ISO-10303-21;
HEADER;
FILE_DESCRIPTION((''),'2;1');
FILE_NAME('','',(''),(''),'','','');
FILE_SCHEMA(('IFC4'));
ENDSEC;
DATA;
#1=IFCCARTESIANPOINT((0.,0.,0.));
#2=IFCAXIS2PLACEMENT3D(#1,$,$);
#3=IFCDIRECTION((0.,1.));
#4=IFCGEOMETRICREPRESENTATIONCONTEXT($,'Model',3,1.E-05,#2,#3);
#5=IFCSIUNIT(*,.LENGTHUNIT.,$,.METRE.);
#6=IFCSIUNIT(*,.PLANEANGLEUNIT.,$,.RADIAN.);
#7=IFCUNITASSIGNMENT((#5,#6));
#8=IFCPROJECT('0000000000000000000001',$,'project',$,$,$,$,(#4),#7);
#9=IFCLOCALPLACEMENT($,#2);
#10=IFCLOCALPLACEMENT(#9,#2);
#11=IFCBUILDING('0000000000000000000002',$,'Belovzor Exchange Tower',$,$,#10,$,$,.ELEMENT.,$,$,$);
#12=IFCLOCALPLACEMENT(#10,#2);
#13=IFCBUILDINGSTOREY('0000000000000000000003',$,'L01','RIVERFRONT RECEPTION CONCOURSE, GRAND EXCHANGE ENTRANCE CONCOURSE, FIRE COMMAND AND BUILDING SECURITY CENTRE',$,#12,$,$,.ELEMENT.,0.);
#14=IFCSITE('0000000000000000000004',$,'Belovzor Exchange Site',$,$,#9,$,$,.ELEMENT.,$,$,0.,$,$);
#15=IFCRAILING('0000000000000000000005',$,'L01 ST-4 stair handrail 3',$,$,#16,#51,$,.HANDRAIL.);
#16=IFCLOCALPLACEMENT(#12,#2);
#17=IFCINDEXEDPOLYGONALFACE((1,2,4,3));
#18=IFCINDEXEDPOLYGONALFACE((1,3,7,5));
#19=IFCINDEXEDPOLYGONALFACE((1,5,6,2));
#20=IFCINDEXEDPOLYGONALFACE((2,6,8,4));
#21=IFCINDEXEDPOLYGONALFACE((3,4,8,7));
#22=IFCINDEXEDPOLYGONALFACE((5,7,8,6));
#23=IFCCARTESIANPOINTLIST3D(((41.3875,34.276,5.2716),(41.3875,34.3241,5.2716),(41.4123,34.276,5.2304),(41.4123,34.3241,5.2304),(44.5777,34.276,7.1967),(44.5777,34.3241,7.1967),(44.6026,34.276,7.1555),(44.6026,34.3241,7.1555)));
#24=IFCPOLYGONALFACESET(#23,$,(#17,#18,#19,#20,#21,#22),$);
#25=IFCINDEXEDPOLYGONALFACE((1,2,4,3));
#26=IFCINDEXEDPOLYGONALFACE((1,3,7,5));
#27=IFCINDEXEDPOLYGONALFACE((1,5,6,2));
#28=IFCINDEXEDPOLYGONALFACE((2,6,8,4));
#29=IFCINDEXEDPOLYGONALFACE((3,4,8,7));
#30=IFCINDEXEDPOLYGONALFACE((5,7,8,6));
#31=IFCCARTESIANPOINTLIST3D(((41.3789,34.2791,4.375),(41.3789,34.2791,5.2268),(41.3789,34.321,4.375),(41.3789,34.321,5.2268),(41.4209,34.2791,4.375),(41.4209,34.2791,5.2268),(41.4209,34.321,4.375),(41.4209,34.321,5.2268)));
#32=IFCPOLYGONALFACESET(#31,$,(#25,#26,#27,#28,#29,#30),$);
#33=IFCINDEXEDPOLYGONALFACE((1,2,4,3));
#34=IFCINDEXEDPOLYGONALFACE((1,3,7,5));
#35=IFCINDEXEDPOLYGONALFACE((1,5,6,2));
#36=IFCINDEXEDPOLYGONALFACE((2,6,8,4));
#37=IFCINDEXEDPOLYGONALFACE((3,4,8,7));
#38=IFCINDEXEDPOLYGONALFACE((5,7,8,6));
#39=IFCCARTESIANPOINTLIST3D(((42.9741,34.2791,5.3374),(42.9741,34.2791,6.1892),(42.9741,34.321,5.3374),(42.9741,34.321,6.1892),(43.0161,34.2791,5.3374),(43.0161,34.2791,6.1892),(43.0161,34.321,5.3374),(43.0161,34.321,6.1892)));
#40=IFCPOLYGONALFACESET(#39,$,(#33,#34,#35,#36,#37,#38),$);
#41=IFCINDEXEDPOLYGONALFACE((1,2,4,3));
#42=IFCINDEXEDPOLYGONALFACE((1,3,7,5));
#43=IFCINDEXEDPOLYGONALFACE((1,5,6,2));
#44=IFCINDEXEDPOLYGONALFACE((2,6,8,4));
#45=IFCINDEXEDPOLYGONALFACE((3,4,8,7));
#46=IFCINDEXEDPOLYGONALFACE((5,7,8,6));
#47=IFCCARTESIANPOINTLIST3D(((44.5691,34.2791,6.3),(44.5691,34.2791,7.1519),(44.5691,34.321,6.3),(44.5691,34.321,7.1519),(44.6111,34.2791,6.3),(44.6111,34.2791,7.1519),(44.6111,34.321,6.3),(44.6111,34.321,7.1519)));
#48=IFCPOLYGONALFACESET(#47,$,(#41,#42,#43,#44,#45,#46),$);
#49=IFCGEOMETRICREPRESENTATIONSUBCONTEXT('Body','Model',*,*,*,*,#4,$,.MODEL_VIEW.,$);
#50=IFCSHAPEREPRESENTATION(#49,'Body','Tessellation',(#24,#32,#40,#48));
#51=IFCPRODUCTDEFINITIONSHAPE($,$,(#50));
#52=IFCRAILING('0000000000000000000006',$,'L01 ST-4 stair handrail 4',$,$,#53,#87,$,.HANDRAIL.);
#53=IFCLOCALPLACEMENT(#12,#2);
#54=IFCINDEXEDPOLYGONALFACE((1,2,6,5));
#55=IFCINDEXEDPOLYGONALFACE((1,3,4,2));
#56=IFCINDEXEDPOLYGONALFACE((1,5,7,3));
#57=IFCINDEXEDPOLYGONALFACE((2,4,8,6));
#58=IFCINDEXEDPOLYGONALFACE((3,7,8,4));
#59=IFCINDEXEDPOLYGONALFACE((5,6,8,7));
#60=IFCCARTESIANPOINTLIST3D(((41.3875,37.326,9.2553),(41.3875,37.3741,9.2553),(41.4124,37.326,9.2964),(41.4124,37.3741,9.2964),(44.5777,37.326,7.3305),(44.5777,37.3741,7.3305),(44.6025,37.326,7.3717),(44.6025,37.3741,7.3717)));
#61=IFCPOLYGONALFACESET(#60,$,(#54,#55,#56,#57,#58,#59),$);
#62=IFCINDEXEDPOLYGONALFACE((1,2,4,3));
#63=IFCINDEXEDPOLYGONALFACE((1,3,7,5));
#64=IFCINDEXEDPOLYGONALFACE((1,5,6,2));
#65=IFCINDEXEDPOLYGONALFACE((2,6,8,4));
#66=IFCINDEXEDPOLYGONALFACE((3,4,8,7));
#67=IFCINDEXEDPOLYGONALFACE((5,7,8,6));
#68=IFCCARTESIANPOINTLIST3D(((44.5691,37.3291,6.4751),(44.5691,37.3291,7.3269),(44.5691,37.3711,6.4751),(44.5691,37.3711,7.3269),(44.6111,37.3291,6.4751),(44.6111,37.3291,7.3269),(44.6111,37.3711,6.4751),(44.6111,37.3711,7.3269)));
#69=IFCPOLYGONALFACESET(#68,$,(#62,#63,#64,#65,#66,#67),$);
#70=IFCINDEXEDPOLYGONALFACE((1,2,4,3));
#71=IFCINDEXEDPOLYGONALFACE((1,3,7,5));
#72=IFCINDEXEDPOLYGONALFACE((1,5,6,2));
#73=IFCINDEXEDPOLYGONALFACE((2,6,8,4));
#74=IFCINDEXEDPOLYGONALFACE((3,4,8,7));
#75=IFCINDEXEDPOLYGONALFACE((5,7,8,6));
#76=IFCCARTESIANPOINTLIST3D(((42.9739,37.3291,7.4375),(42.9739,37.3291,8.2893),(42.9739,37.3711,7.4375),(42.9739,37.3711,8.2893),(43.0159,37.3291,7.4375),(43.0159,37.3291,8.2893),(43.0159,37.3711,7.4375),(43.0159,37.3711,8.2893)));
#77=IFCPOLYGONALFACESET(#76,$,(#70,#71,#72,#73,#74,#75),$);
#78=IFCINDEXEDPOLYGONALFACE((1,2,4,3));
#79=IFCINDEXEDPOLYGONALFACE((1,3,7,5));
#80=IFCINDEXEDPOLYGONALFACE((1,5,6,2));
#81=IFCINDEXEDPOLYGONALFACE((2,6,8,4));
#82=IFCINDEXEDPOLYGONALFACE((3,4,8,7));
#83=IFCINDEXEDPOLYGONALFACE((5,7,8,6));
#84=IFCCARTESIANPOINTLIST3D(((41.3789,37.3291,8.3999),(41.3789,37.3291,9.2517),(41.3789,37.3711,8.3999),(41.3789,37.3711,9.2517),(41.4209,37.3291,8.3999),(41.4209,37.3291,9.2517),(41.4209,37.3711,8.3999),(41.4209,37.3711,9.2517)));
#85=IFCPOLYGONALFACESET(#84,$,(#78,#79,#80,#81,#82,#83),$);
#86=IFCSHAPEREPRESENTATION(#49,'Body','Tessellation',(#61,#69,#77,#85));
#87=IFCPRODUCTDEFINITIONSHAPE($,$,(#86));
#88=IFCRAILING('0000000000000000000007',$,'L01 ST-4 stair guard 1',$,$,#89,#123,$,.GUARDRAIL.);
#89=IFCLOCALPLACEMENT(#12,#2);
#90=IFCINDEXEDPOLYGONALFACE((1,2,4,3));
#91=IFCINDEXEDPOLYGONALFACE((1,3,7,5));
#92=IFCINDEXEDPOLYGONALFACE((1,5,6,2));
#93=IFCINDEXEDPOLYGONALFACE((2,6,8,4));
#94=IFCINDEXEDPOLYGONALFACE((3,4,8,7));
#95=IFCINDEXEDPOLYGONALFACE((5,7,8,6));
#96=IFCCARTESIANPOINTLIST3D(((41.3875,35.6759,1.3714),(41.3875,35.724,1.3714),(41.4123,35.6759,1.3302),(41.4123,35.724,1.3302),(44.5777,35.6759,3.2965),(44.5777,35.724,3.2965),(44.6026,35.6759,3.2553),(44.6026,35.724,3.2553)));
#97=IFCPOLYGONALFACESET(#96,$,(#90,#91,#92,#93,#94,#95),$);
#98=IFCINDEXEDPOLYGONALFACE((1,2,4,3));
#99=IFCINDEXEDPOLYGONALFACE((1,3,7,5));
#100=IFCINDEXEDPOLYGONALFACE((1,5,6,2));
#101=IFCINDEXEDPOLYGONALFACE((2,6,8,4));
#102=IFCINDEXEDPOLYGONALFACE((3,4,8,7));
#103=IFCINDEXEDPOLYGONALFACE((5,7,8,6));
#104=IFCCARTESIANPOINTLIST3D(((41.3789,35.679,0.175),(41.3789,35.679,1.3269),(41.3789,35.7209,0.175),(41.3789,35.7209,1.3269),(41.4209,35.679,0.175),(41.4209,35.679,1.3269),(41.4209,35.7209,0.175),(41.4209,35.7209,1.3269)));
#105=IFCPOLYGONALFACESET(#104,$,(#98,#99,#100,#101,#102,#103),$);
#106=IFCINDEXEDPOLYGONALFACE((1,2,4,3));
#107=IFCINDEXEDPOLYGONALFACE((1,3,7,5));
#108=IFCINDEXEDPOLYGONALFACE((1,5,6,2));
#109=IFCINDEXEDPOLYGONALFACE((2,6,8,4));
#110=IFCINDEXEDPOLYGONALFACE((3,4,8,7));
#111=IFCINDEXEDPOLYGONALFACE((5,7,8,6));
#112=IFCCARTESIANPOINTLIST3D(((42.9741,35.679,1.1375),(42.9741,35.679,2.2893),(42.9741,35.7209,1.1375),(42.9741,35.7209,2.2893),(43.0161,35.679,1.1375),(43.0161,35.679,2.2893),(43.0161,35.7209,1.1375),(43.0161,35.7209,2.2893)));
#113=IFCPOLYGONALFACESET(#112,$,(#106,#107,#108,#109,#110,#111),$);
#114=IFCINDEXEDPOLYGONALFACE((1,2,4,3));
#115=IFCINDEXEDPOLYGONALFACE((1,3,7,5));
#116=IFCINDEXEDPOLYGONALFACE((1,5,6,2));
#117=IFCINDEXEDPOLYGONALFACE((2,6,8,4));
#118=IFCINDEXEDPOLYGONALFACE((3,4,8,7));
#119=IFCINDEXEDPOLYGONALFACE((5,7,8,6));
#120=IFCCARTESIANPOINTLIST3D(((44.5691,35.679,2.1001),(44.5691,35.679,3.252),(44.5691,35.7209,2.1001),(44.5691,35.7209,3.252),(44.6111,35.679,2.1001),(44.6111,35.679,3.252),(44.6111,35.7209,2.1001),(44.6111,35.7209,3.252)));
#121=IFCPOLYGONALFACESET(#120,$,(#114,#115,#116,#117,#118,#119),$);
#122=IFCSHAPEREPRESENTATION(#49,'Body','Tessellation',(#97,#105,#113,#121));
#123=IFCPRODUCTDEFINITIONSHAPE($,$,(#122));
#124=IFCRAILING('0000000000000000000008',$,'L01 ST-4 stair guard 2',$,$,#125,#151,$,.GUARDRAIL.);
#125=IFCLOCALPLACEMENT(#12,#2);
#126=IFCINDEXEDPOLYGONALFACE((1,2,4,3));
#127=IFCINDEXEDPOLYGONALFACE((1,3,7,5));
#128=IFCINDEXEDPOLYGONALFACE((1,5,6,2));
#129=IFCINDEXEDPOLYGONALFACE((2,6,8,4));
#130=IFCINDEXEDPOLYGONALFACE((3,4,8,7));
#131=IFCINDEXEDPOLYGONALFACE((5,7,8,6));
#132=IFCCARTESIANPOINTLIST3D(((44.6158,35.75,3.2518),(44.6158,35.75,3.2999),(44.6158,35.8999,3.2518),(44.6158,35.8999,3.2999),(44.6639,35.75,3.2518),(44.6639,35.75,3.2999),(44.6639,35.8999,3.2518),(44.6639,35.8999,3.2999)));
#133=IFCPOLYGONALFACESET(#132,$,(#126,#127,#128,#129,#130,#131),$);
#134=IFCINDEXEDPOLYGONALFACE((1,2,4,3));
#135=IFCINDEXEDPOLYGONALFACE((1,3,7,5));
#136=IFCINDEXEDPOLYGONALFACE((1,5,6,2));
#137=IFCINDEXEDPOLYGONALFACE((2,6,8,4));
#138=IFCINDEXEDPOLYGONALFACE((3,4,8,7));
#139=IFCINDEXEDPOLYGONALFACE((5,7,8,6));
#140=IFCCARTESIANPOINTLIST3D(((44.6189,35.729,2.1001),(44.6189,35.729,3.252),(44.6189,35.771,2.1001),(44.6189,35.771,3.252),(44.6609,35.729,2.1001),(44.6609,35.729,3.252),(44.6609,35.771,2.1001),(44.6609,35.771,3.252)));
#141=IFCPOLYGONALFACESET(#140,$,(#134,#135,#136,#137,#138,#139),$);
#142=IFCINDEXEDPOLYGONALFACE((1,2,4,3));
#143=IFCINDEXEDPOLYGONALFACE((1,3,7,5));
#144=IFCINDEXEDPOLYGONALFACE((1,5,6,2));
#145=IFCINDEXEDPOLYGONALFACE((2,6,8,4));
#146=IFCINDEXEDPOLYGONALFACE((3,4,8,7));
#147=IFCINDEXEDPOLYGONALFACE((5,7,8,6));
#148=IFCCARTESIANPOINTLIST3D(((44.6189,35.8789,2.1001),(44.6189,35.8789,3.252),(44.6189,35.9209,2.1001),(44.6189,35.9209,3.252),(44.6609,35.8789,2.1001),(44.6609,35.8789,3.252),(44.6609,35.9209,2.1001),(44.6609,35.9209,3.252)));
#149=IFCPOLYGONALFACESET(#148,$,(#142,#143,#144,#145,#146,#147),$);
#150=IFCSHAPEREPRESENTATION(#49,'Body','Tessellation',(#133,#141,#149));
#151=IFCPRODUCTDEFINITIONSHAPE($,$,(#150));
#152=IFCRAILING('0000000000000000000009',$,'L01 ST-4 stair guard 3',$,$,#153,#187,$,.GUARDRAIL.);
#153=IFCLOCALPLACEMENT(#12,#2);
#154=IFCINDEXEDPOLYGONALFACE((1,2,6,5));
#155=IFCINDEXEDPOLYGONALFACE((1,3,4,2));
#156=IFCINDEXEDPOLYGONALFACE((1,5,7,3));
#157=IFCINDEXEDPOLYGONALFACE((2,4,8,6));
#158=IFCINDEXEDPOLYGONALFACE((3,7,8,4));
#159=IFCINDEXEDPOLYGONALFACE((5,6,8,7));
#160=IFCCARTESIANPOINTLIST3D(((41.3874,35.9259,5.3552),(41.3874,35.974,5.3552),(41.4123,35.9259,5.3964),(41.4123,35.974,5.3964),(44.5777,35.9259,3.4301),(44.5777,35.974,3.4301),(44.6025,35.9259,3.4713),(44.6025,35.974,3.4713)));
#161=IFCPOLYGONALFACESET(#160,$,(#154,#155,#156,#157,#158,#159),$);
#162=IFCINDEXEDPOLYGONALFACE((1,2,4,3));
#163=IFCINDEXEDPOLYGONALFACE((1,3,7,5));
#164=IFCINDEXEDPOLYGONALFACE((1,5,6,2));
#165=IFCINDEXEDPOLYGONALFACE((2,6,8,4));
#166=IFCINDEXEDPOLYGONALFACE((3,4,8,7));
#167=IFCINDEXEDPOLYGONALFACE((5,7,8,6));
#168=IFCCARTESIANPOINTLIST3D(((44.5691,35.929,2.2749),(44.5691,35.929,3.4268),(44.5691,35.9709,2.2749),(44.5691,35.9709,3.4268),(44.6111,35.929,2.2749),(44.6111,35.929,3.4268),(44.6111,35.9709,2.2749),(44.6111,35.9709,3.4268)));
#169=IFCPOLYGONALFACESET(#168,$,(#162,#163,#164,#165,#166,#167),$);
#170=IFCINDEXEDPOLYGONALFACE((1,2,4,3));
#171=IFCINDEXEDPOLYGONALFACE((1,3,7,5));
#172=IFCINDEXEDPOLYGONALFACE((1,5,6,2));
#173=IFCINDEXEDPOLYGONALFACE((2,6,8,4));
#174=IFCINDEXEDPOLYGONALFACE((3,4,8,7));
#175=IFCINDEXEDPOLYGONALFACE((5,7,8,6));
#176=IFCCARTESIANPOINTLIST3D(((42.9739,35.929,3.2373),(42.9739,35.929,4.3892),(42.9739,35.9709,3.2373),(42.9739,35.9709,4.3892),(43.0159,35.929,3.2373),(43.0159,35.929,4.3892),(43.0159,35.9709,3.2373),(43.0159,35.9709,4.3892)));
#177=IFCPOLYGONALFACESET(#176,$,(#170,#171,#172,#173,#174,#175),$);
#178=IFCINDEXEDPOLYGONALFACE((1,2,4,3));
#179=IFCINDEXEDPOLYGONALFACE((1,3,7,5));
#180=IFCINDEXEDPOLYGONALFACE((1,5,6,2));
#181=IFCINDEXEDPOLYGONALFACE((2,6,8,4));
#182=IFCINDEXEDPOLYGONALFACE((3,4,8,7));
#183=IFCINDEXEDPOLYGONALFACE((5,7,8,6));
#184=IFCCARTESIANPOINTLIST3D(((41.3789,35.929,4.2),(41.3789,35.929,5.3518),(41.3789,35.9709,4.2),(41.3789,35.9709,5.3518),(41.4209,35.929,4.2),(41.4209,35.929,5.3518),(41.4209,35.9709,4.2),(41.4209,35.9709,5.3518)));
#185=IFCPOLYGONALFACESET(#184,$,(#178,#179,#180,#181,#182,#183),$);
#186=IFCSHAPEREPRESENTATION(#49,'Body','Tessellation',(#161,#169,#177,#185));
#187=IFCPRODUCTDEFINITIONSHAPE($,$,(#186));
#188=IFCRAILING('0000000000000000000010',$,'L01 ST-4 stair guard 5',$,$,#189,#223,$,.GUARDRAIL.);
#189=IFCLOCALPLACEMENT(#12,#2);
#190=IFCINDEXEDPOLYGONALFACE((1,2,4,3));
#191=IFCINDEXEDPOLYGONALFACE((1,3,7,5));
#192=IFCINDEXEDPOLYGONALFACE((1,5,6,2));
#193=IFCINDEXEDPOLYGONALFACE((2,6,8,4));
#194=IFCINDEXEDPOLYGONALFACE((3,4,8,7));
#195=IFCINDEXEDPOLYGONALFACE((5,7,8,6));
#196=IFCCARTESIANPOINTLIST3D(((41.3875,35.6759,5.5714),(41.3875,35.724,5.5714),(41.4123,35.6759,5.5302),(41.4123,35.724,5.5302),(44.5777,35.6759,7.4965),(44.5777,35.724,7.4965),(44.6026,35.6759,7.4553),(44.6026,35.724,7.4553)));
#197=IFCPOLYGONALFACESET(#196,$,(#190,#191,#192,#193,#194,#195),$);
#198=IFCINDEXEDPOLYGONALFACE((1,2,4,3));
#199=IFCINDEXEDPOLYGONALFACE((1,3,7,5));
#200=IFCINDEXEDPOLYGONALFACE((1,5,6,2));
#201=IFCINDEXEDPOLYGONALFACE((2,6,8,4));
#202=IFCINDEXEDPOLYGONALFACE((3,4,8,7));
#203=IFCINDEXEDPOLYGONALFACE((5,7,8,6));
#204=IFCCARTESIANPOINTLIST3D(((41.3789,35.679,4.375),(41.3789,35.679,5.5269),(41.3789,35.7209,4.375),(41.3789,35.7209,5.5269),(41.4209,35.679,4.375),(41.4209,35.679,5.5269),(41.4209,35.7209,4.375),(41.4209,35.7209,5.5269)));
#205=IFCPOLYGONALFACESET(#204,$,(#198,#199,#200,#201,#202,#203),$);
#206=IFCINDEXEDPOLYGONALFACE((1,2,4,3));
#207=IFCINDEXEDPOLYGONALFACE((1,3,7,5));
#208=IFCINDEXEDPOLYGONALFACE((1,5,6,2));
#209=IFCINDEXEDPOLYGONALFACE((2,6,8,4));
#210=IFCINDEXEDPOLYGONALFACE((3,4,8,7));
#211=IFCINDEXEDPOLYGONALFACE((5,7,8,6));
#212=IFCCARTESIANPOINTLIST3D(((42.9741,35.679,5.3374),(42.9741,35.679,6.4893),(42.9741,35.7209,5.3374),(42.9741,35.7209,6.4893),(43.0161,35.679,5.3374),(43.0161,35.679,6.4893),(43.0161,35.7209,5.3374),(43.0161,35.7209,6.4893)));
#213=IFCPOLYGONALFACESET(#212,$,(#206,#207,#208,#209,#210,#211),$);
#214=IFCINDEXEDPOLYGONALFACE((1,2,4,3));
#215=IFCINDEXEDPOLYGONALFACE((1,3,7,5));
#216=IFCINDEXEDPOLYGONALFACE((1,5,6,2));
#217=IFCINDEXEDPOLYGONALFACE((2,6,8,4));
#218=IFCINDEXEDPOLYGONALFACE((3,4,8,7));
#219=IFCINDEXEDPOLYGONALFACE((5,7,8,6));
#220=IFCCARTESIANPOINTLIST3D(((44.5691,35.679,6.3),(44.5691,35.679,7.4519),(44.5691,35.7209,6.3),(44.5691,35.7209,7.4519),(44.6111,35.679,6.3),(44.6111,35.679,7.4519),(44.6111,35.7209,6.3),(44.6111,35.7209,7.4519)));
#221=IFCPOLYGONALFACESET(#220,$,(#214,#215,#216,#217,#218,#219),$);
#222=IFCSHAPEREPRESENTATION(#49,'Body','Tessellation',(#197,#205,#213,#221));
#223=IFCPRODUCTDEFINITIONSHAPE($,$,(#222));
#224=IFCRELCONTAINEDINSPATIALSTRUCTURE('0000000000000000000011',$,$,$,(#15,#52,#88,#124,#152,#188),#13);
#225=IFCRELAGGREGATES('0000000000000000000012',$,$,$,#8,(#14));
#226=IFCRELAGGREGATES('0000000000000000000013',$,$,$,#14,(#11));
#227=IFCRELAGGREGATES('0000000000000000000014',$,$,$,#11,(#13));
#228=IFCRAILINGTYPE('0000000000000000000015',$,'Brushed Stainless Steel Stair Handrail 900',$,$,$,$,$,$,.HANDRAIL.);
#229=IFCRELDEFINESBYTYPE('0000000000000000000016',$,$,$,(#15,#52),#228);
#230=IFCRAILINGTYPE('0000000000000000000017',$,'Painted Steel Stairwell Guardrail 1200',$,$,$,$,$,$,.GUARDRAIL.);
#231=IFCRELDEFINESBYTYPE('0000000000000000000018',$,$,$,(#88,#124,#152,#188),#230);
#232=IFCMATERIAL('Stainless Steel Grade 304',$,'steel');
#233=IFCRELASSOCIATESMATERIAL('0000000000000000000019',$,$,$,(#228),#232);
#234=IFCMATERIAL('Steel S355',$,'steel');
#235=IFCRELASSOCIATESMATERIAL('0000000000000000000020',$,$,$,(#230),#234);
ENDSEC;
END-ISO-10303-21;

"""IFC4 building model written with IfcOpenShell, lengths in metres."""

from ifc_helpers import new_model, si_unit, direction, frame, origin, origin_2d, place, context, subcontext, project, spatial, rectangle, extrude, material, type_object, element, save


model = new_model("IFC4")

# Units and contexts
model_context = context("Model", 3, precision=1e-05, world=origin(), true_north=direction((0.0, 1.0)))
body_context = subcontext(model_context, "Body", "Model", "MODEL_VIEW")
ifc_project = project(units=[si_unit("LENGTHUNIT", "METRE"), si_unit("PLANEANGLEUNIT", "RADIAN")], contexts=[model_context])

# Site, building, storey
site_placement = place(None, origin())
site = spatial("IfcSite", under=ifc_project, at=site_placement, Name="Belovzor Exchange Site", CompositionType="ELEMENT", RefElevation=0.0)
building_placement = place(site_placement, origin())
building = spatial("IfcBuilding", under=site, at=building_placement, Name="Belovzor Exchange Tower", CompositionType="ELEMENT")
storey_placement = place(building_placement, origin())
storey = spatial("IfcBuildingStorey", under=building, at=storey_placement, Name="L01", Description="RIVERFRONT RECEPTION CONCOURSE, GRAND EXCHANGE ENTRANCE CONCOURSE, FIRE COMMAND AND BUILDING SECURITY CENTRE", CompositionType="ELEMENT", Elevation=0.0)

# Railings
ifc_material_1 = material(Name="Stainless Steel Grade 304", Category="steel")
railing_type_1 = type_object("IfcRailingType", Name="Brushed Stainless Steel Stair Handrail 900", PredefinedType="HANDRAIL", material=ifc_material_1)
railing_1_placement = place(storey_placement, frame((41.3999, 34.3, 4.375)))
element("IfcRailing", 1, at=railing_1_placement, inside=storey, type_object=railing_type_1, Name="L01 ST-4 stair handrail 3", PredefinedType="HANDRAIL", context=body_context, shape_type="SweptSolid", body=[
    extrude(rectangle(XDim=0.0481, YDim=0.0481, at=origin_2d()), frame((0.0, 0.0, 0.876), z_axis=(0.856195, 0.0, 0.516653), x_axis=(0.0, 1.0, 0.0)), (0.0, 0.0, 1.0), 3.7261),
    extrude(rectangle(XDim=0.042, YDim=0.042, at=origin_2d()), origin(), (0.0, 0.0, 1.0), 0.8518),
    extrude(rectangle(XDim=0.042, YDim=0.042, at=origin_2d()), frame((1.5952, 0.0, 0.9624)), (0.0, 0.0, 1.0), 0.8518),
    extrude(rectangle(XDim=0.042, YDim=0.042, at=origin_2d()), frame((3.1902, 0.0, 1.925)), (0.0, 0.0, 1.0), 0.8518),
])
railing_2_placement = place(storey_placement, frame((44.5901, 37.3501, 6.4751)))
element("IfcRailing", 2, at=railing_2_placement, inside=storey, type_object=railing_type_1, Name="L01 ST-4 stair handrail 4", PredefinedType="HANDRAIL", context=body_context, shape_type="SweptSolid", body=[
    extrude(rectangle(XDim=0.0481, YDim=0.0481, at=origin_2d()), frame((0.0, 0.0, 0.876), z_axis=(-0.856224, 0.0, 0.516605), x_axis=(0.0, -1.0, 0.0)), (0.0, 0.0, 1.0), 3.7258),
    extrude(rectangle(XDim=0.042, YDim=0.042, at=origin_2d()), origin(), (0.0, 0.0, 1.0), 0.8518),
    extrude(rectangle(XDim=0.042, YDim=0.042, at=origin_2d()), frame((-1.5952, 0.0, 0.9624)), (0.0, 0.0, 1.0), 0.8518),
    extrude(rectangle(XDim=0.042, YDim=0.042, at=origin_2d()), frame((-3.1902, 0.0, 1.9248)), (0.0, 0.0, 1.0), 0.8518),
])
ifc_material_2 = material(Name="Steel S355", Category="steel")
railing_type_2 = type_object("IfcRailingType", Name="Painted Steel Stairwell Guardrail 1200", PredefinedType="GUARDRAIL", material=ifc_material_2)
railing_3_placement = place(storey_placement, frame((41.3999, 35.7, 0.175)))
element("IfcRailing", 3, at=railing_3_placement, inside=storey, type_object=railing_type_2, Name="L01 ST-4 stair guard 1", PredefinedType="GUARDRAIL", context=body_context, shape_type="SweptSolid", body=[
    extrude(rectangle(XDim=0.0481, YDim=0.0481, at=origin_2d()), frame((0.0, 0.0, 1.1758), z_axis=(0.856195, 0.0, 0.516653), x_axis=(0.0, 1.0, 0.0)), (0.0, 0.0, 1.0), 3.7261),
    extrude(rectangle(XDim=0.042, YDim=0.042, at=origin_2d()), origin(), (0.0, 0.0, 1.0), 1.1519),
    extrude(rectangle(XDim=0.042, YDim=0.042, at=origin_2d()), frame((1.5952, 0.0, 0.9624)), (0.0, 0.0, 1.0), 1.1519),
    extrude(rectangle(XDim=0.042, YDim=0.042, at=origin_2d()), frame((3.1902, 0.0, 1.925)), (0.0, 0.0, 1.0), 1.1519),
])
railing_4_placement = place(storey_placement, frame((44.6399, 35.75, 2.1001)))
element("IfcRailing", 4, at=railing_4_placement, inside=storey, type_object=railing_type_2, Name="L01 ST-4 stair guard 2", PredefinedType="GUARDRAIL", context=body_context, shape_type="SweptSolid", body=[
    extrude(rectangle(XDim=0.0481, YDim=0.0481, at=origin_2d()), frame((0.0, 0.0, 1.1758), z_axis=(0.0, 1.0, 0.0), x_axis=(-1.0, 0.0, 0.0)), (0.0, 0.0, 1.0), 0.1499),
    extrude(rectangle(XDim=0.042, YDim=0.042, at=origin_2d()), origin(), (0.0, 0.0, 1.0), 1.1519),
    extrude(rectangle(XDim=0.042, YDim=0.042, at=origin_2d()), frame((0.0, 0.1499, 0.0)), (0.0, 0.0, 1.0), 1.1519),
])
railing_5_placement = place(storey_placement, frame((44.5901, 35.95, 2.2749)))
element("IfcRailing", 5, at=railing_5_placement, inside=storey, type_object=railing_type_2, Name="L01 ST-4 stair guard 3", PredefinedType="GUARDRAIL", context=body_context, shape_type="SweptSolid", body=[
    extrude(rectangle(XDim=0.0481, YDim=0.0481, at=origin_2d()), frame((0.0, 0.0, 1.1758), z_axis=(-0.856195, 0.0, 0.516653), x_axis=(0.0, -1.0, 0.0)), (0.0, 0.0, 1.0), 3.7261),
    extrude(rectangle(XDim=0.042, YDim=0.042, at=origin_2d()), origin(), (0.0, 0.0, 1.0), 1.1519),
    extrude(rectangle(XDim=0.042, YDim=0.042, at=origin_2d()), frame((-1.5952, 0.0, 0.9624)), (0.0, 0.0, 1.0), 1.1519),
    extrude(rectangle(XDim=0.042, YDim=0.042, at=origin_2d()), frame((-3.1902, 0.0, 1.925)), (0.0, 0.0, 1.0), 1.1519),
])
railing_6_placement = place(storey_placement, frame((41.3999, 35.7, 4.375)))
element("IfcRailing", 6, at=railing_6_placement, inside=storey, type_object=railing_type_2, Name="L01 ST-4 stair guard 5", PredefinedType="GUARDRAIL", context=body_context, shape_type="SweptSolid", body=[
    extrude(rectangle(XDim=0.0481, YDim=0.0481, at=origin_2d()), frame((0.0, 0.0, 1.1758), z_axis=(0.856195, 0.0, 0.516653), x_axis=(0.0, 1.0, 0.0)), (0.0, 0.0, 1.0), 3.7261),
    extrude(rectangle(XDim=0.042, YDim=0.042, at=origin_2d()), origin(), (0.0, 0.0, 1.0), 1.1519),
    extrude(rectangle(XDim=0.042, YDim=0.042, at=origin_2d()), frame((1.5952, 0.0, 0.9624)), (0.0, 0.0, 1.0), 1.1519),
    extrude(rectangle(XDim=0.042, YDim=0.042, at=origin_2d()), frame((3.1902, 0.0, 1.925)), (0.0, 0.0, 1.0), 1.1519),
])

save(model, "model.ifc")
